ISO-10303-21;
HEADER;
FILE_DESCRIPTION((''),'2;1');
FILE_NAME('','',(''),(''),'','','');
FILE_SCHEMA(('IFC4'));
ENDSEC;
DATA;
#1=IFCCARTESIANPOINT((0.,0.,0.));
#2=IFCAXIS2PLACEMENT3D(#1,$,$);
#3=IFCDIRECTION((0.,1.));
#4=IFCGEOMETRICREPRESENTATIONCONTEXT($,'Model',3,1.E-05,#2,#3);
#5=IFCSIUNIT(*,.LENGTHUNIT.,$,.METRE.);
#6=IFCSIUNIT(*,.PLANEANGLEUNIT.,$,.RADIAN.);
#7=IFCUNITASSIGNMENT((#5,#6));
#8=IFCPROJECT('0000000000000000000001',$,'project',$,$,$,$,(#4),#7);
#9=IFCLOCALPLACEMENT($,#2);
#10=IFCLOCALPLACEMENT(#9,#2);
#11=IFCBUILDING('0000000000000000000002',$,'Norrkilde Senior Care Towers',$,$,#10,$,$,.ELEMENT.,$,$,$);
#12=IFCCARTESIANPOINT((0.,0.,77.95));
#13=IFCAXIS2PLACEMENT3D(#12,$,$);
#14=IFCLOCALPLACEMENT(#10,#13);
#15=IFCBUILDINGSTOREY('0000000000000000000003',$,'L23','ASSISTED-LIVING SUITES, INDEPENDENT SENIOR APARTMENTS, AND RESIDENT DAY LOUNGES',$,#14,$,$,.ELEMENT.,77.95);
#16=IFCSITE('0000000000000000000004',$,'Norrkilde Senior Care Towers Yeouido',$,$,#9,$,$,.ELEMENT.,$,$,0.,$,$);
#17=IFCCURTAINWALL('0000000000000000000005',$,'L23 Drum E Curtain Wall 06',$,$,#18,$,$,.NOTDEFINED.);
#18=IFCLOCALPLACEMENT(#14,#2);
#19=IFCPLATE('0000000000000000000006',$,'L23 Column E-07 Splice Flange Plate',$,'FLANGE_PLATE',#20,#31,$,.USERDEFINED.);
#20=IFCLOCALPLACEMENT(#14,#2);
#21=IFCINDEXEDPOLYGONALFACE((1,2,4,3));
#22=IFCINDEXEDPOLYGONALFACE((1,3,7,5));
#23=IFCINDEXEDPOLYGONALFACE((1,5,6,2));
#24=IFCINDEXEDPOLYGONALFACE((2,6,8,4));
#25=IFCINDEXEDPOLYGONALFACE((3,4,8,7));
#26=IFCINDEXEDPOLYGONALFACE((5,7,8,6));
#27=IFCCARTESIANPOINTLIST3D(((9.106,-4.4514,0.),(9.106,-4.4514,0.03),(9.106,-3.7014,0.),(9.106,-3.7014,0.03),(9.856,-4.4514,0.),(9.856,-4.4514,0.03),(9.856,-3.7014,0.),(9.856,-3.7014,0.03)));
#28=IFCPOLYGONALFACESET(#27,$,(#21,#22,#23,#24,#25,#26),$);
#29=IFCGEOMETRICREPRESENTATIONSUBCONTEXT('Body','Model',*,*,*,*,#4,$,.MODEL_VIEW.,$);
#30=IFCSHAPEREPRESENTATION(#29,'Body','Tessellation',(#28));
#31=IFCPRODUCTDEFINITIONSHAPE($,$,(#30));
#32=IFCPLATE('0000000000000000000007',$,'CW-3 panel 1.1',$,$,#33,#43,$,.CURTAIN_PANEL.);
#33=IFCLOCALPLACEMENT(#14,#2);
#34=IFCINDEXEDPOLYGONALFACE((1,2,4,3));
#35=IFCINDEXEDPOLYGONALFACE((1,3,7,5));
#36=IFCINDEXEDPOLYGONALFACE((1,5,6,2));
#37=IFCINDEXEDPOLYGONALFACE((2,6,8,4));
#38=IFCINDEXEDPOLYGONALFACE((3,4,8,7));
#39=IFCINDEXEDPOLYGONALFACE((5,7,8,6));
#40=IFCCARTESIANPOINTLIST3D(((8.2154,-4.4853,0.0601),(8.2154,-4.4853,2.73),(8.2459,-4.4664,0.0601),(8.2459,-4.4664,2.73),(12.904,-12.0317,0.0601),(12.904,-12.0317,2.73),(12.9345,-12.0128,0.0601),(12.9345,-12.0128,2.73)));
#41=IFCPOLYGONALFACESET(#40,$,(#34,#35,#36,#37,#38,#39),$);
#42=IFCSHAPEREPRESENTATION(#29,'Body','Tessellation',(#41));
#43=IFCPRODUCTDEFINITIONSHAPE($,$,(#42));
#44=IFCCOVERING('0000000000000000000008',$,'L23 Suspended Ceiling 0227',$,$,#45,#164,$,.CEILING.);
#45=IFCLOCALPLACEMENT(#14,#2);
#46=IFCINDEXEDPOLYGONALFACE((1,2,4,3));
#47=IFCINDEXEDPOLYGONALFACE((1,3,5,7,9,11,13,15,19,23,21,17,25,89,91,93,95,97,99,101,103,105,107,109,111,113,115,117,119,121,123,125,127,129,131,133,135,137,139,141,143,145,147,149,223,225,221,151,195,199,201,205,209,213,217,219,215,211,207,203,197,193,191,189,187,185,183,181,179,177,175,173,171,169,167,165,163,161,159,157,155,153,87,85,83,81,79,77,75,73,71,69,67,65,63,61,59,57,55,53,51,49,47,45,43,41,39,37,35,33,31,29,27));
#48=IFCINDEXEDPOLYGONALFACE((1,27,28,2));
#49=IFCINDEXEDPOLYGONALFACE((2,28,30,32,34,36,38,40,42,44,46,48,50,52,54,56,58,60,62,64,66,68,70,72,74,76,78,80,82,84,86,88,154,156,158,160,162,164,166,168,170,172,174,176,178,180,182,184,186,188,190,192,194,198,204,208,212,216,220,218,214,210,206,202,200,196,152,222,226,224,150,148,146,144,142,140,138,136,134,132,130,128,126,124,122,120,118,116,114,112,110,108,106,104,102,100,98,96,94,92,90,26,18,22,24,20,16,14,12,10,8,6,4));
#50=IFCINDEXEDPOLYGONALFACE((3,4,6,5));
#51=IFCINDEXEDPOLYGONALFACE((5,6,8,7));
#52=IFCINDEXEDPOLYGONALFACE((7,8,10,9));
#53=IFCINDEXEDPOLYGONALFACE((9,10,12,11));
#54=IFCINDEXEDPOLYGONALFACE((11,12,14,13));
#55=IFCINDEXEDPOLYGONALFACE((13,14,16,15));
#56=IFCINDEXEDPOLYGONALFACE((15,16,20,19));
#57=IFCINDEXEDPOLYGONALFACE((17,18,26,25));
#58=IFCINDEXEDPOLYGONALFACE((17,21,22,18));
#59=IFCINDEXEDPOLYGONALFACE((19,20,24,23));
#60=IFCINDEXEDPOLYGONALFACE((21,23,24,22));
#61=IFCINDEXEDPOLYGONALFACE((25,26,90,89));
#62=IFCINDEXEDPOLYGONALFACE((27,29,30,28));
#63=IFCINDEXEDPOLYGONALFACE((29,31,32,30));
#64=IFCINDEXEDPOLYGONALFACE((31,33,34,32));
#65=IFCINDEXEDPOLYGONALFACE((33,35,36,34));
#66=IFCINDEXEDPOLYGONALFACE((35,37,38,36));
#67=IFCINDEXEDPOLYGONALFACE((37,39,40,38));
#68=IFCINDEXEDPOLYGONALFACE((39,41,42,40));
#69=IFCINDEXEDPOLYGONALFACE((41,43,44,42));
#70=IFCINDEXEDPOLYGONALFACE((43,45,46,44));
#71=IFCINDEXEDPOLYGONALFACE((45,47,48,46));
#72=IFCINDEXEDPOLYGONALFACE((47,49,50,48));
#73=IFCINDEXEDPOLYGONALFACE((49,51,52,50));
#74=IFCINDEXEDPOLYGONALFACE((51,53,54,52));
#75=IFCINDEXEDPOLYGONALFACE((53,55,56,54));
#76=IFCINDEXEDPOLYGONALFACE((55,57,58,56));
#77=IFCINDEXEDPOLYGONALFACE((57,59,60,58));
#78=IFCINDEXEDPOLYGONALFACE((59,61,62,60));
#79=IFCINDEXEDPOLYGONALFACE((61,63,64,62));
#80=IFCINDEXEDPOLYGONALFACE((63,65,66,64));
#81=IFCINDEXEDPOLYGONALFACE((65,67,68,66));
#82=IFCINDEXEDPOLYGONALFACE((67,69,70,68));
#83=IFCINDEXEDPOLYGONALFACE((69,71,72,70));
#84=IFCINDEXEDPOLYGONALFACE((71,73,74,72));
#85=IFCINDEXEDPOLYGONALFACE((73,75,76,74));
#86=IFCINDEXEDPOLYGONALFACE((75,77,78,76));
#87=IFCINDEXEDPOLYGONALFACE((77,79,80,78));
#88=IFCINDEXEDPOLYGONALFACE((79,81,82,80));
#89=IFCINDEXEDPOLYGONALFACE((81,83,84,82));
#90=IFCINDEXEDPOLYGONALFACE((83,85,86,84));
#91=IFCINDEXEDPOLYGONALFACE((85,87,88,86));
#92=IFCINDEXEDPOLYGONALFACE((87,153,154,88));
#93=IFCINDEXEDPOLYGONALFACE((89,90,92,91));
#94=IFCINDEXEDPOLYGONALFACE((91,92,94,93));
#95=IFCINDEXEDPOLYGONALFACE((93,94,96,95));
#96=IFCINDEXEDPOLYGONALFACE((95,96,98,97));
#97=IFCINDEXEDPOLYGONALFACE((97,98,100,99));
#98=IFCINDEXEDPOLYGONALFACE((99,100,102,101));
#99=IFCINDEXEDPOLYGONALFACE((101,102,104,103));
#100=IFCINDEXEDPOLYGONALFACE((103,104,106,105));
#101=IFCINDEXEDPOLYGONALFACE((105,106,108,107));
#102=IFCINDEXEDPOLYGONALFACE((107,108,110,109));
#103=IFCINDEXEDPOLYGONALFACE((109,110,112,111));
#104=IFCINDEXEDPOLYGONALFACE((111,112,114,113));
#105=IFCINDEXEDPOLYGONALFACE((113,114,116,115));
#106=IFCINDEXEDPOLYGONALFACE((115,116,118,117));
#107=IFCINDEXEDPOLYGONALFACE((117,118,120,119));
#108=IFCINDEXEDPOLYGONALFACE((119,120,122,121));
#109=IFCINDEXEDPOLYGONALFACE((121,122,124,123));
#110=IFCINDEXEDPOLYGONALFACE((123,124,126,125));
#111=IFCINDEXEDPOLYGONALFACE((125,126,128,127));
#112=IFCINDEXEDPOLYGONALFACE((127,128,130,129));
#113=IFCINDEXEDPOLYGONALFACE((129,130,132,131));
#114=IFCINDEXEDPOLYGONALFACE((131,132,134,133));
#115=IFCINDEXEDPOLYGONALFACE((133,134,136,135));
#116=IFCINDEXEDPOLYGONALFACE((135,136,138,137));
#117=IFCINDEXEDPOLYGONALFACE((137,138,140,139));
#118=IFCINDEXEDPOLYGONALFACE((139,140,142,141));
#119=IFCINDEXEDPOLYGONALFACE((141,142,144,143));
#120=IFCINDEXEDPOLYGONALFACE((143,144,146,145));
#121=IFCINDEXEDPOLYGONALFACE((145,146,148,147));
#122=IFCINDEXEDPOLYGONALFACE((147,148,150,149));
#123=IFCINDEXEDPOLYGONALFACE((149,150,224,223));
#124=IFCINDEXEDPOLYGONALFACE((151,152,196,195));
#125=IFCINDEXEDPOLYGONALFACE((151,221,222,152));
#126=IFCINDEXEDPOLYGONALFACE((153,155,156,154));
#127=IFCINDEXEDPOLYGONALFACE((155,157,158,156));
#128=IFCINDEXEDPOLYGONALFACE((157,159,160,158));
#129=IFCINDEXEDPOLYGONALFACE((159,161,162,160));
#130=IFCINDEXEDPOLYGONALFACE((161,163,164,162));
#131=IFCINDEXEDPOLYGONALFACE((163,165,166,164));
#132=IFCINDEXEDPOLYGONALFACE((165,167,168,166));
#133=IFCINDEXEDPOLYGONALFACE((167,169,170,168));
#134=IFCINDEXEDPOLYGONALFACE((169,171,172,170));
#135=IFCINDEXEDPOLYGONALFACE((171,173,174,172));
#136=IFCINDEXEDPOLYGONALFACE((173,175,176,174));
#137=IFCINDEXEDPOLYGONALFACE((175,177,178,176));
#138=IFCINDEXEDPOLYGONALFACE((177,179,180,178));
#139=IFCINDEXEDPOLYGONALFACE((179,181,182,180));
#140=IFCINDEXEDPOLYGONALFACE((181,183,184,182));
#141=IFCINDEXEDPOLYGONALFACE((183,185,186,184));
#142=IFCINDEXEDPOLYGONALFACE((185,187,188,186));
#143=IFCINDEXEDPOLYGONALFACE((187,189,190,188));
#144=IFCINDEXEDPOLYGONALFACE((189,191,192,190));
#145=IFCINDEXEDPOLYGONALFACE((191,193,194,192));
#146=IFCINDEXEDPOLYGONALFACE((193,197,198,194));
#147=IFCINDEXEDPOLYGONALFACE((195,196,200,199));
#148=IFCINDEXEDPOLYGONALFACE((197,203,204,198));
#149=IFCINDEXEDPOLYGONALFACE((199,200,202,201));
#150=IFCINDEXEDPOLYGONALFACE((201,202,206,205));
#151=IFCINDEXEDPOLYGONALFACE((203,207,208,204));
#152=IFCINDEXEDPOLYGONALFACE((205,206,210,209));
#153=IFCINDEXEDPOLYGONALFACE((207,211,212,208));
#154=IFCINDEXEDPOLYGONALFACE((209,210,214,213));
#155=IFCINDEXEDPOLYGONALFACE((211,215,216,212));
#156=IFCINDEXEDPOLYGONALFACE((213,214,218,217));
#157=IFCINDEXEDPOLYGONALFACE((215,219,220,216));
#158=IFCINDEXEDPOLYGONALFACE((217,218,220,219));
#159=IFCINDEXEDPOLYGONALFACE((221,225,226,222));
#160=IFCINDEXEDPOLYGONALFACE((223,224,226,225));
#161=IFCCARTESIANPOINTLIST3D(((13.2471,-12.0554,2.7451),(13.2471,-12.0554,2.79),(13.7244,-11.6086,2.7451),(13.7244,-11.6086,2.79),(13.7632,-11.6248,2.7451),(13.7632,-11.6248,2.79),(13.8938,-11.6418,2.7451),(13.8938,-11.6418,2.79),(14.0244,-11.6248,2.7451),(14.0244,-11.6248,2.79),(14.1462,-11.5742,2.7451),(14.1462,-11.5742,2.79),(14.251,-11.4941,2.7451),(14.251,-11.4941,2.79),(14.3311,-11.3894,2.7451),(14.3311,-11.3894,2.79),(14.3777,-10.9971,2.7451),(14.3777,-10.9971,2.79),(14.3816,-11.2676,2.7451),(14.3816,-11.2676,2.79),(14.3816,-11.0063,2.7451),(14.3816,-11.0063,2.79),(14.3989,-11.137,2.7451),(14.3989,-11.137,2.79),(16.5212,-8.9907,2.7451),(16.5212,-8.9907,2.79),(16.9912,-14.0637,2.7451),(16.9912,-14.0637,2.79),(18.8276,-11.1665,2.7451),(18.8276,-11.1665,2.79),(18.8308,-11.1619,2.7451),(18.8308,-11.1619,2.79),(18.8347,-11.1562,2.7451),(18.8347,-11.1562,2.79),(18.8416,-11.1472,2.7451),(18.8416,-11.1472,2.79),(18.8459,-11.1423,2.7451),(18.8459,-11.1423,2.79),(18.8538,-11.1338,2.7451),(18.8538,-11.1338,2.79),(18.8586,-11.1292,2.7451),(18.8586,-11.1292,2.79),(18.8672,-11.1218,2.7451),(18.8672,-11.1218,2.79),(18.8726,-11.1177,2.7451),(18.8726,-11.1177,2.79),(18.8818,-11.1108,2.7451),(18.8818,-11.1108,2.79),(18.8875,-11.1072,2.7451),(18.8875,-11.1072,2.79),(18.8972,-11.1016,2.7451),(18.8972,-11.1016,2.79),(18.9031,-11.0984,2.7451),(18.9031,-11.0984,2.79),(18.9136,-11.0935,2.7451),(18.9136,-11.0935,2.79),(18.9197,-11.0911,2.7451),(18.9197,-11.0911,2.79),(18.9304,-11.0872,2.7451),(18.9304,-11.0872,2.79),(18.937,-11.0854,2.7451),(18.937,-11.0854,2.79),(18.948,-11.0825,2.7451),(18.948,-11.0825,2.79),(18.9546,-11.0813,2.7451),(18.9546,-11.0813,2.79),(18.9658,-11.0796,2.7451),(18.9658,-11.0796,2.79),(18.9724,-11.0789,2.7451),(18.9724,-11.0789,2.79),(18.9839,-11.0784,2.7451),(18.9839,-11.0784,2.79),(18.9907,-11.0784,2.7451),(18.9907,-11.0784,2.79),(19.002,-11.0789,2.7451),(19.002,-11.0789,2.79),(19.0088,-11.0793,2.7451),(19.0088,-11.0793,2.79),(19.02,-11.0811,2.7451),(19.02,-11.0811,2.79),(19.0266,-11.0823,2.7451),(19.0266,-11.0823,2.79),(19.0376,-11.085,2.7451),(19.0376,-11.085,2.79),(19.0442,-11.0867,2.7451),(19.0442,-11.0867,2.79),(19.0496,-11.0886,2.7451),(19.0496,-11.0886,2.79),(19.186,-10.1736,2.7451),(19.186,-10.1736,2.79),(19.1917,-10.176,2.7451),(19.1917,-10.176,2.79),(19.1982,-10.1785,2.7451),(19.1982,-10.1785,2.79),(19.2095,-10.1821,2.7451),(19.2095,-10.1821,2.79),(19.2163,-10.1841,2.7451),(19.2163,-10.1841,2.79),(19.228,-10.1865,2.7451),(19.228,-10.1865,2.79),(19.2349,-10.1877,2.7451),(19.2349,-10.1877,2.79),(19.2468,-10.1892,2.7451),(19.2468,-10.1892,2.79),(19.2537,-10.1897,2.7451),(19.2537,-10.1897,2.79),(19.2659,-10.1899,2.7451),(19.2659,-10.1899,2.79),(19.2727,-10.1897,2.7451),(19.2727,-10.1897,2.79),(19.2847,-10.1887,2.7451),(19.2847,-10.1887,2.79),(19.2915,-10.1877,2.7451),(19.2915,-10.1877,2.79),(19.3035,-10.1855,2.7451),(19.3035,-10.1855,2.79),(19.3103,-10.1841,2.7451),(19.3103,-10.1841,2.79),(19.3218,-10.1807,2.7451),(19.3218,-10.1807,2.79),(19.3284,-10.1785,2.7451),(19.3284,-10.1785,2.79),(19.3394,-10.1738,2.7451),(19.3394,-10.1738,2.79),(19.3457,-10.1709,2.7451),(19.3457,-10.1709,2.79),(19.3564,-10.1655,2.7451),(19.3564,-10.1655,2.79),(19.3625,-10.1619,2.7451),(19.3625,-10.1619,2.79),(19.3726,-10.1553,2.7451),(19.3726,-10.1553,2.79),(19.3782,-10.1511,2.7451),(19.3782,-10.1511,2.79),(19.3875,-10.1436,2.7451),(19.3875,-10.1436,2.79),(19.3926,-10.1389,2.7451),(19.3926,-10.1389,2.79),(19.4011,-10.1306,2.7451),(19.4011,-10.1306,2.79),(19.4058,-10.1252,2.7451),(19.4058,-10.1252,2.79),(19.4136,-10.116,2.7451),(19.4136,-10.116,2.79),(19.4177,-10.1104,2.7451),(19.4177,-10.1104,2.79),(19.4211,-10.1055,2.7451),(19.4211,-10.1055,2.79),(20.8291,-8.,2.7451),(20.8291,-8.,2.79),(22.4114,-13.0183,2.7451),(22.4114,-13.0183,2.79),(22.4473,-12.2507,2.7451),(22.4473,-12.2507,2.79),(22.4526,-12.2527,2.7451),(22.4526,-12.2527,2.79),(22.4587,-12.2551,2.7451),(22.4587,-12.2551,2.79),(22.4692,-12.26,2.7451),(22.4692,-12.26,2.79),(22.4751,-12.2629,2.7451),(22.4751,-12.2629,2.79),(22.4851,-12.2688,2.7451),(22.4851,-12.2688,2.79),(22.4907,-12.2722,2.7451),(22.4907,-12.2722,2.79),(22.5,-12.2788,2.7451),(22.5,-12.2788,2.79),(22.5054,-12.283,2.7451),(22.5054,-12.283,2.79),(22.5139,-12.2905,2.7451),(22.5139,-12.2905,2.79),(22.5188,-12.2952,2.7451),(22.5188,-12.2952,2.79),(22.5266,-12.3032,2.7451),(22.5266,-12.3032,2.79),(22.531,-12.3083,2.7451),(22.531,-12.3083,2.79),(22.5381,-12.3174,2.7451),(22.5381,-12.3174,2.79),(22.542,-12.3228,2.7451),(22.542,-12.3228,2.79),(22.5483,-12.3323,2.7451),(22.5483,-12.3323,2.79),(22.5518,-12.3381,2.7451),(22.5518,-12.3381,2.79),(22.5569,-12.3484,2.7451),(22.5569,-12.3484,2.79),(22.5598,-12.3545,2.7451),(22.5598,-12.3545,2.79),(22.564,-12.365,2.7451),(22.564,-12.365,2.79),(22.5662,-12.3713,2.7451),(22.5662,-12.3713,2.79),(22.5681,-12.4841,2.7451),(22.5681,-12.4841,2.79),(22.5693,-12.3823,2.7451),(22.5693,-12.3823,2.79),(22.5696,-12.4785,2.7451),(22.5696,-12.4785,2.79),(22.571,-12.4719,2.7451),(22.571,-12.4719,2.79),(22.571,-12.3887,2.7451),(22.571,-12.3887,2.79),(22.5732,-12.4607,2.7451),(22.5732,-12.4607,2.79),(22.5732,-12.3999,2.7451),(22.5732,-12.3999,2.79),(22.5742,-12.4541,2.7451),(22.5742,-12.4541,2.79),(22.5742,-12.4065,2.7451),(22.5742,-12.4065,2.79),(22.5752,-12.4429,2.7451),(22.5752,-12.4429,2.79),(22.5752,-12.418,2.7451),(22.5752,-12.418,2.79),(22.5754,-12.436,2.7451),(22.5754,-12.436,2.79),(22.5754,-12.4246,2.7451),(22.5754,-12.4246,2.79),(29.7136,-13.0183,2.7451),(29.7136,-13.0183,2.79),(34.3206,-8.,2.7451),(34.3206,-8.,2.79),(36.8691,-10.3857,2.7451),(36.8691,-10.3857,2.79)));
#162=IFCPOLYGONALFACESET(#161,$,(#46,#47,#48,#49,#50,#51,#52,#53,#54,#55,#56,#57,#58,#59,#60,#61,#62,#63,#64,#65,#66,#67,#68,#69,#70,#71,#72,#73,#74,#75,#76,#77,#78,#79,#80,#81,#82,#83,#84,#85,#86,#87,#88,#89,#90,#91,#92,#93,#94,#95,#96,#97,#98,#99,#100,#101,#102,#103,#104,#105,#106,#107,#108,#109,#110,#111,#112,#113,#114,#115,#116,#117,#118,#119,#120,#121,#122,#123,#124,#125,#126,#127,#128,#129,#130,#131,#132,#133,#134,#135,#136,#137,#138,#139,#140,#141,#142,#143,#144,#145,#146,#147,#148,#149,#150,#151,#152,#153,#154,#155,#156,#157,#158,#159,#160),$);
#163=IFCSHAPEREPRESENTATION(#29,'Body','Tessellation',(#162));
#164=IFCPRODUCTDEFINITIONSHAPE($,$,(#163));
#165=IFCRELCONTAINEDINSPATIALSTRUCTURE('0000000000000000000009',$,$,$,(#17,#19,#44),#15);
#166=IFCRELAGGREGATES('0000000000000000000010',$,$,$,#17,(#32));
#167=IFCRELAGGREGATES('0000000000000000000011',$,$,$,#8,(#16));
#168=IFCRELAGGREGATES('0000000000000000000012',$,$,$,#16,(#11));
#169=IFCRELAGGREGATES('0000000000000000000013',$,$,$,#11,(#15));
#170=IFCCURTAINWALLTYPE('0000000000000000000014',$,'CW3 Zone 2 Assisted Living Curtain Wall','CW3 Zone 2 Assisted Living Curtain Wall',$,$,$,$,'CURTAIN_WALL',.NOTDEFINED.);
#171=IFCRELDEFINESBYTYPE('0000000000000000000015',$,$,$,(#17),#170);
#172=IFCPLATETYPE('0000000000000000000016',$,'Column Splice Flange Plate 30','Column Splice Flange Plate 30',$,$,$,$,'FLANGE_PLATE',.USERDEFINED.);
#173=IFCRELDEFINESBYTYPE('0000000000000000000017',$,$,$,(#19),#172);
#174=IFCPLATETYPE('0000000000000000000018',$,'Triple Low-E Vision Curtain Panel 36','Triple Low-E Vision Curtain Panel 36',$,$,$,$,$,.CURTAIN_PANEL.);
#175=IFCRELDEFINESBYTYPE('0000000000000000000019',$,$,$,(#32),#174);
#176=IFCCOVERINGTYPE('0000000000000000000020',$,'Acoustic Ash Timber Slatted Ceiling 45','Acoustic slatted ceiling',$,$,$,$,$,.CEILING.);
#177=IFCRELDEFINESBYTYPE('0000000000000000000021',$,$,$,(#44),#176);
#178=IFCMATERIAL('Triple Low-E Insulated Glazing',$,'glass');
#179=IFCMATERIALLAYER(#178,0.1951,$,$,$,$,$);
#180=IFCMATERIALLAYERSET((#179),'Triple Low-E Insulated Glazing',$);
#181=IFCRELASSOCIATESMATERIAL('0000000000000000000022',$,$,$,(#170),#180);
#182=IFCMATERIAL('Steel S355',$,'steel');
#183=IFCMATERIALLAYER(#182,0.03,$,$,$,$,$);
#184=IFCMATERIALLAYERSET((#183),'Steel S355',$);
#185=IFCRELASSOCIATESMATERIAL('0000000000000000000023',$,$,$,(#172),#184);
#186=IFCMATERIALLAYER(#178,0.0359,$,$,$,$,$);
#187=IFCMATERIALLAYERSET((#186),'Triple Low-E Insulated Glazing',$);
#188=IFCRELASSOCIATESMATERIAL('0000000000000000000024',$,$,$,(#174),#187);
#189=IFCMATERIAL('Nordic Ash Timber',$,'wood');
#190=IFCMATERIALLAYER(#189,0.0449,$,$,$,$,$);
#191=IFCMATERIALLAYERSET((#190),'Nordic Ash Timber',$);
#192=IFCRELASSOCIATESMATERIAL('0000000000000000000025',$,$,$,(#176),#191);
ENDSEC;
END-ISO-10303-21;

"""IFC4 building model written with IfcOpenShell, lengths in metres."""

from ifc_helpers import new_model, si_unit, direction, frame, origin, origin_2d, place, context, subcontext, project, spatial, polyline, rectangle, outline, extrude, source, transform, mapped, material, layer, layer_set, type_object, type_shapes, element, aggregate, save


model = new_model("IFC4")

# Units and contexts
model_context = context("Model", 3, precision=1e-05, world=origin(), true_north=direction((0.0, 1.0)))
body_context = subcontext(model_context, "Body", "Model", "MODEL_VIEW")
ifc_project = project(units=[si_unit("LENGTHUNIT", "METRE"), si_unit("PLANEANGLEUNIT", "RADIAN")], contexts=[model_context])

# Site, building, storey
site_placement = place(None, origin())
site = spatial("IfcSite", under=ifc_project, at=site_placement, Name="Norrkilde Senior Care Towers Yeouido", CompositionType="ELEMENT", RefElevation=0.0)
building_placement = place(site_placement, origin())
building = spatial("IfcBuilding", under=site, at=building_placement, Name="Norrkilde Senior Care Towers", CompositionType="ELEMENT")
storey_placement = place(building_placement, frame((0.0, 0.0, 77.95)))
storey = spatial("IfcBuildingStorey", under=building, at=storey_placement, Name="L23", Description="ASSISTED-LIVING SUITES, INDEPENDENT SENIOR APARTMENTS, AND RESIDENT DAY LOUNGES", CompositionType="ELEMENT", Elevation=77.95)

# Shared definitions
ifc_material_1 = material(Name="Steel S355", Category="steel")

# Shared definitions
ifc_material_2 = material(Name="Triple Low-E Insulated Glazing", Category="glass")
ifc_layer_1 = layer(ifc_material_2, 0.1951)
ifc_layer_set_1 = layer_set([ifc_layer_1], Name="Triple Low-E Insulated Glazing")
curtain_wall_type = type_object("IfcCurtainWallType", Name="CW3 Zone 2 Assisted Living Curtain Wall", Description="CW3 Zone 2 Assisted Living Curtain Wall", ElementType="CURTAIN_WALL", PredefinedType="NOTDEFINED", material=ifc_layer_set_1)

# Curtain wall
curtain_wall_1_placement = place(storey_placement, origin())
curtain_wall_1 = element("IfcCurtainWall", 1, at=curtain_wall_1_placement, inside=storey, type_object=curtain_wall_type, Name="L23 Drum E Curtain Wall 06", PredefinedType="NOTDEFINED")

# Plates
ifc_layer_2 = layer(ifc_material_1, 0.03)
ifc_layer_set_2 = layer_set([ifc_layer_2], Name="Steel S355")
plate_type_1 = type_object("IfcPlateType", Name="Column Splice Flange Plate 30", Description="Column Splice Flange Plate 30", ElementType="FLANGE_PLATE", PredefinedType="USERDEFINED", material=ifc_layer_set_2)
shared_shape_1 = source(origin(), body_context, "Body", "SweptSolid", [
    extrude(rectangle(XDim=0.75, YDim=0.75, at=origin_2d()), origin(), (0.0, 0.0, 1.0), 0.03),
])
type_shapes(plate_type_1, [shared_shape_1])
plate_1_placement = place(storey_placement, frame((9.481, -4.0764, 0.0), z_axis=(0.0, 0.0, 1.0), x_axis=(1.0, 0.0, 0.0)))
element("IfcPlate", 2, at=plate_1_placement, inside=storey, type_object=plate_type_1, Name="L23 Column E-07 Splice Flange Plate", ObjectType="FLANGE_PLATE", PredefinedType="USERDEFINED", context=body_context, shape_type="MappedRepresentation", body=[
    mapped(shared_shape_1, transform((0.0, 0.0, 0.0), x_axis=(1.0, 0.0, 0.0), y_axis=(0.0, 1.0, 0.0), z_axis=(0.0, 0.0, 1.0), scale=1.0)),
])
ifc_layer_3 = layer(ifc_material_2, 0.0359)
ifc_layer_set_3 = layer_set([ifc_layer_3], Name="Triple Low-E Insulated Glazing")
plate_type_2 = type_object("IfcPlateType", Name="Triple Low-E Vision Curtain Panel 36", Description="Triple Low-E Vision Curtain Panel 36", PredefinedType="CURTAIN_PANEL", material=ifc_layer_set_3)
shared_shape_2 = source(origin(), body_context, "Body", "SweptSolid", [
    extrude(rectangle(XDim=8.8843, YDim=0.0359, at=origin_2d()), origin(), (0.0, 0.0, 1.0), 2.6699),
])
type_shapes(plate_type_2, [shared_shape_2])
plate_2_placement = place(storey_placement, frame((10.575, -8.249, 0.0601), z_axis=(0.0, 0.0, 1.0), x_axis=(-0.527733, 0.84941, 0.0)))
plate_2 = element("IfcPlate", 3, at=plate_2_placement, type_object=plate_type_2, Name="CW-3 panel 1.1", PredefinedType="CURTAIN_PANEL", context=body_context, shape_type="MappedRepresentation", body=[
    mapped(shared_shape_2, transform((0.0, 0.0, 0.0), x_axis=(1.0, 0.0, 0.0), y_axis=(0.0, 1.0, 0.0), z_axis=(0.0, 0.0, 1.0), scale=1.0)),
])
aggregate(curtain_wall_1, [plate_2])

# Covering
ifc_material_3 = material(Name="Nordic Ash Timber", Category="wood")
ifc_layer_4 = layer(ifc_material_3, 0.0449)
ifc_layer_set_4 = layer_set([ifc_layer_4], Name="Nordic Ash Timber")
covering_type_1 = type_object("IfcCoveringType", Name="Acoustic Ash Timber Slatted Ceiling 45", Description="Acoustic slatted ceiling", PredefinedType="CEILING", material=ifc_layer_set_4)
covering_1_placement = place(storey_placement, frame((0.0, 0.0, 2.7451)))
element("IfcCovering", 4, at=covering_1_placement, inside=storey, type_object=covering_type_1, Name="L23 Suspended Ceiling 0227", PredefinedType="CEILING", context=body_context, shape_type="SweptSolid", body=[
    extrude(outline(polyline([(19.228, -10.1865), (19.2349, -10.1877), (19.2468, -10.1892), (19.2537, -10.1897), (19.2659, -10.1899), (19.2727, -10.1897), (19.2847, -10.1887), (19.2915, -10.1877), (19.3035, -10.1855), (19.3103, -10.1841), (19.3218, -10.1807), (19.3284, -10.1785), (19.3394, -10.1738), (19.3457, -10.1709), (19.3564, -10.1655), (19.3625, -10.1619), (19.3726, -10.1553), (19.3782, -10.1511), (19.3875, -10.1436), (19.3926, -10.1389), (19.4011, -10.1306), (19.4058, -10.1252), (19.4136, -10.116), (19.4177, -10.1104), (19.4211, -10.1055), (20.8291, -8.0), (34.3206, -8.0), (36.8691, -10.3857), (29.7136, -13.0183), (22.4114, -13.0183), (22.5681, -12.4841), (22.5696, -12.4785), (22.571, -12.4719), (22.5732, -12.4607), (22.5742, -12.4541), (22.5752, -12.4429), (22.5754, -12.436), (22.5754, -12.4246), (22.5752, -12.418), (22.5742, -12.4065), (22.5732, -12.3999), (22.571, -12.3887), (22.5693, -12.3823), (22.5662, -12.3713), (22.564, -12.365), (22.5598, -12.3545), (22.5569, -12.3484), (22.5518, -12.3381), (22.5483, -12.3323), (22.542, -12.3228), (22.5381, -12.3174), (22.531, -12.3083), (22.5266, -12.3032), (22.5188, -12.2952), (22.5139, -12.2905), (22.5054, -12.283), (22.5, -12.2788), (22.4907, -12.2722), (22.4851, -12.2688), (22.4751, -12.2629), (22.4692, -12.26), (22.4587, -12.2551), (22.4526, -12.2527), (22.4473, -12.2507), (19.0496, -11.0886), (19.0442, -11.0867), (19.0376, -11.085), (19.0266, -11.0823), (19.02, -11.0811), (19.0088, -11.0793), (19.002, -11.0789), (18.9907, -11.0784), (18.9839, -11.0784), (18.9724, -11.0789), (18.9658, -11.0796), (18.9546, -11.0813), (18.948, -11.0825), (18.937, -11.0854), (18.9304, -11.0872), (18.9197, -11.0911), (18.9136, -11.0935), (18.9031, -11.0984), (18.8972, -11.1016), (18.8875, -11.1072), (18.8818, -11.1108), (18.8726, -11.1177), (18.8672, -11.1218), (18.8586, -11.1292), (18.8538, -11.1338), (18.8459, -11.1423), (18.8416, -11.1472), (18.8347, -11.1562), (18.8308, -11.1619), (18.8276, -11.1665), (16.9912, -14.0637), (13.2471, -12.0554), (13.7244, -11.6086), (13.7632, -11.6248), (13.8938, -11.6418), (14.0244, -11.6248), (14.1462, -11.5742), (14.251, -11.4941), (14.3311, -11.3894), (14.3816, -11.2676), (14.3989, -11.137), (14.3816, -11.0063), (14.3777, -10.9971), (16.5212, -8.9907), (19.186, -10.1736), (19.1917, -10.176), (19.1982, -10.1785), (19.2095, -10.1821), (19.2163, -10.1841), (19.228, -10.1865)])), origin(), (0.0, 0.0, 1.0), 0.0449),
])

save(model, "model.ifc")
